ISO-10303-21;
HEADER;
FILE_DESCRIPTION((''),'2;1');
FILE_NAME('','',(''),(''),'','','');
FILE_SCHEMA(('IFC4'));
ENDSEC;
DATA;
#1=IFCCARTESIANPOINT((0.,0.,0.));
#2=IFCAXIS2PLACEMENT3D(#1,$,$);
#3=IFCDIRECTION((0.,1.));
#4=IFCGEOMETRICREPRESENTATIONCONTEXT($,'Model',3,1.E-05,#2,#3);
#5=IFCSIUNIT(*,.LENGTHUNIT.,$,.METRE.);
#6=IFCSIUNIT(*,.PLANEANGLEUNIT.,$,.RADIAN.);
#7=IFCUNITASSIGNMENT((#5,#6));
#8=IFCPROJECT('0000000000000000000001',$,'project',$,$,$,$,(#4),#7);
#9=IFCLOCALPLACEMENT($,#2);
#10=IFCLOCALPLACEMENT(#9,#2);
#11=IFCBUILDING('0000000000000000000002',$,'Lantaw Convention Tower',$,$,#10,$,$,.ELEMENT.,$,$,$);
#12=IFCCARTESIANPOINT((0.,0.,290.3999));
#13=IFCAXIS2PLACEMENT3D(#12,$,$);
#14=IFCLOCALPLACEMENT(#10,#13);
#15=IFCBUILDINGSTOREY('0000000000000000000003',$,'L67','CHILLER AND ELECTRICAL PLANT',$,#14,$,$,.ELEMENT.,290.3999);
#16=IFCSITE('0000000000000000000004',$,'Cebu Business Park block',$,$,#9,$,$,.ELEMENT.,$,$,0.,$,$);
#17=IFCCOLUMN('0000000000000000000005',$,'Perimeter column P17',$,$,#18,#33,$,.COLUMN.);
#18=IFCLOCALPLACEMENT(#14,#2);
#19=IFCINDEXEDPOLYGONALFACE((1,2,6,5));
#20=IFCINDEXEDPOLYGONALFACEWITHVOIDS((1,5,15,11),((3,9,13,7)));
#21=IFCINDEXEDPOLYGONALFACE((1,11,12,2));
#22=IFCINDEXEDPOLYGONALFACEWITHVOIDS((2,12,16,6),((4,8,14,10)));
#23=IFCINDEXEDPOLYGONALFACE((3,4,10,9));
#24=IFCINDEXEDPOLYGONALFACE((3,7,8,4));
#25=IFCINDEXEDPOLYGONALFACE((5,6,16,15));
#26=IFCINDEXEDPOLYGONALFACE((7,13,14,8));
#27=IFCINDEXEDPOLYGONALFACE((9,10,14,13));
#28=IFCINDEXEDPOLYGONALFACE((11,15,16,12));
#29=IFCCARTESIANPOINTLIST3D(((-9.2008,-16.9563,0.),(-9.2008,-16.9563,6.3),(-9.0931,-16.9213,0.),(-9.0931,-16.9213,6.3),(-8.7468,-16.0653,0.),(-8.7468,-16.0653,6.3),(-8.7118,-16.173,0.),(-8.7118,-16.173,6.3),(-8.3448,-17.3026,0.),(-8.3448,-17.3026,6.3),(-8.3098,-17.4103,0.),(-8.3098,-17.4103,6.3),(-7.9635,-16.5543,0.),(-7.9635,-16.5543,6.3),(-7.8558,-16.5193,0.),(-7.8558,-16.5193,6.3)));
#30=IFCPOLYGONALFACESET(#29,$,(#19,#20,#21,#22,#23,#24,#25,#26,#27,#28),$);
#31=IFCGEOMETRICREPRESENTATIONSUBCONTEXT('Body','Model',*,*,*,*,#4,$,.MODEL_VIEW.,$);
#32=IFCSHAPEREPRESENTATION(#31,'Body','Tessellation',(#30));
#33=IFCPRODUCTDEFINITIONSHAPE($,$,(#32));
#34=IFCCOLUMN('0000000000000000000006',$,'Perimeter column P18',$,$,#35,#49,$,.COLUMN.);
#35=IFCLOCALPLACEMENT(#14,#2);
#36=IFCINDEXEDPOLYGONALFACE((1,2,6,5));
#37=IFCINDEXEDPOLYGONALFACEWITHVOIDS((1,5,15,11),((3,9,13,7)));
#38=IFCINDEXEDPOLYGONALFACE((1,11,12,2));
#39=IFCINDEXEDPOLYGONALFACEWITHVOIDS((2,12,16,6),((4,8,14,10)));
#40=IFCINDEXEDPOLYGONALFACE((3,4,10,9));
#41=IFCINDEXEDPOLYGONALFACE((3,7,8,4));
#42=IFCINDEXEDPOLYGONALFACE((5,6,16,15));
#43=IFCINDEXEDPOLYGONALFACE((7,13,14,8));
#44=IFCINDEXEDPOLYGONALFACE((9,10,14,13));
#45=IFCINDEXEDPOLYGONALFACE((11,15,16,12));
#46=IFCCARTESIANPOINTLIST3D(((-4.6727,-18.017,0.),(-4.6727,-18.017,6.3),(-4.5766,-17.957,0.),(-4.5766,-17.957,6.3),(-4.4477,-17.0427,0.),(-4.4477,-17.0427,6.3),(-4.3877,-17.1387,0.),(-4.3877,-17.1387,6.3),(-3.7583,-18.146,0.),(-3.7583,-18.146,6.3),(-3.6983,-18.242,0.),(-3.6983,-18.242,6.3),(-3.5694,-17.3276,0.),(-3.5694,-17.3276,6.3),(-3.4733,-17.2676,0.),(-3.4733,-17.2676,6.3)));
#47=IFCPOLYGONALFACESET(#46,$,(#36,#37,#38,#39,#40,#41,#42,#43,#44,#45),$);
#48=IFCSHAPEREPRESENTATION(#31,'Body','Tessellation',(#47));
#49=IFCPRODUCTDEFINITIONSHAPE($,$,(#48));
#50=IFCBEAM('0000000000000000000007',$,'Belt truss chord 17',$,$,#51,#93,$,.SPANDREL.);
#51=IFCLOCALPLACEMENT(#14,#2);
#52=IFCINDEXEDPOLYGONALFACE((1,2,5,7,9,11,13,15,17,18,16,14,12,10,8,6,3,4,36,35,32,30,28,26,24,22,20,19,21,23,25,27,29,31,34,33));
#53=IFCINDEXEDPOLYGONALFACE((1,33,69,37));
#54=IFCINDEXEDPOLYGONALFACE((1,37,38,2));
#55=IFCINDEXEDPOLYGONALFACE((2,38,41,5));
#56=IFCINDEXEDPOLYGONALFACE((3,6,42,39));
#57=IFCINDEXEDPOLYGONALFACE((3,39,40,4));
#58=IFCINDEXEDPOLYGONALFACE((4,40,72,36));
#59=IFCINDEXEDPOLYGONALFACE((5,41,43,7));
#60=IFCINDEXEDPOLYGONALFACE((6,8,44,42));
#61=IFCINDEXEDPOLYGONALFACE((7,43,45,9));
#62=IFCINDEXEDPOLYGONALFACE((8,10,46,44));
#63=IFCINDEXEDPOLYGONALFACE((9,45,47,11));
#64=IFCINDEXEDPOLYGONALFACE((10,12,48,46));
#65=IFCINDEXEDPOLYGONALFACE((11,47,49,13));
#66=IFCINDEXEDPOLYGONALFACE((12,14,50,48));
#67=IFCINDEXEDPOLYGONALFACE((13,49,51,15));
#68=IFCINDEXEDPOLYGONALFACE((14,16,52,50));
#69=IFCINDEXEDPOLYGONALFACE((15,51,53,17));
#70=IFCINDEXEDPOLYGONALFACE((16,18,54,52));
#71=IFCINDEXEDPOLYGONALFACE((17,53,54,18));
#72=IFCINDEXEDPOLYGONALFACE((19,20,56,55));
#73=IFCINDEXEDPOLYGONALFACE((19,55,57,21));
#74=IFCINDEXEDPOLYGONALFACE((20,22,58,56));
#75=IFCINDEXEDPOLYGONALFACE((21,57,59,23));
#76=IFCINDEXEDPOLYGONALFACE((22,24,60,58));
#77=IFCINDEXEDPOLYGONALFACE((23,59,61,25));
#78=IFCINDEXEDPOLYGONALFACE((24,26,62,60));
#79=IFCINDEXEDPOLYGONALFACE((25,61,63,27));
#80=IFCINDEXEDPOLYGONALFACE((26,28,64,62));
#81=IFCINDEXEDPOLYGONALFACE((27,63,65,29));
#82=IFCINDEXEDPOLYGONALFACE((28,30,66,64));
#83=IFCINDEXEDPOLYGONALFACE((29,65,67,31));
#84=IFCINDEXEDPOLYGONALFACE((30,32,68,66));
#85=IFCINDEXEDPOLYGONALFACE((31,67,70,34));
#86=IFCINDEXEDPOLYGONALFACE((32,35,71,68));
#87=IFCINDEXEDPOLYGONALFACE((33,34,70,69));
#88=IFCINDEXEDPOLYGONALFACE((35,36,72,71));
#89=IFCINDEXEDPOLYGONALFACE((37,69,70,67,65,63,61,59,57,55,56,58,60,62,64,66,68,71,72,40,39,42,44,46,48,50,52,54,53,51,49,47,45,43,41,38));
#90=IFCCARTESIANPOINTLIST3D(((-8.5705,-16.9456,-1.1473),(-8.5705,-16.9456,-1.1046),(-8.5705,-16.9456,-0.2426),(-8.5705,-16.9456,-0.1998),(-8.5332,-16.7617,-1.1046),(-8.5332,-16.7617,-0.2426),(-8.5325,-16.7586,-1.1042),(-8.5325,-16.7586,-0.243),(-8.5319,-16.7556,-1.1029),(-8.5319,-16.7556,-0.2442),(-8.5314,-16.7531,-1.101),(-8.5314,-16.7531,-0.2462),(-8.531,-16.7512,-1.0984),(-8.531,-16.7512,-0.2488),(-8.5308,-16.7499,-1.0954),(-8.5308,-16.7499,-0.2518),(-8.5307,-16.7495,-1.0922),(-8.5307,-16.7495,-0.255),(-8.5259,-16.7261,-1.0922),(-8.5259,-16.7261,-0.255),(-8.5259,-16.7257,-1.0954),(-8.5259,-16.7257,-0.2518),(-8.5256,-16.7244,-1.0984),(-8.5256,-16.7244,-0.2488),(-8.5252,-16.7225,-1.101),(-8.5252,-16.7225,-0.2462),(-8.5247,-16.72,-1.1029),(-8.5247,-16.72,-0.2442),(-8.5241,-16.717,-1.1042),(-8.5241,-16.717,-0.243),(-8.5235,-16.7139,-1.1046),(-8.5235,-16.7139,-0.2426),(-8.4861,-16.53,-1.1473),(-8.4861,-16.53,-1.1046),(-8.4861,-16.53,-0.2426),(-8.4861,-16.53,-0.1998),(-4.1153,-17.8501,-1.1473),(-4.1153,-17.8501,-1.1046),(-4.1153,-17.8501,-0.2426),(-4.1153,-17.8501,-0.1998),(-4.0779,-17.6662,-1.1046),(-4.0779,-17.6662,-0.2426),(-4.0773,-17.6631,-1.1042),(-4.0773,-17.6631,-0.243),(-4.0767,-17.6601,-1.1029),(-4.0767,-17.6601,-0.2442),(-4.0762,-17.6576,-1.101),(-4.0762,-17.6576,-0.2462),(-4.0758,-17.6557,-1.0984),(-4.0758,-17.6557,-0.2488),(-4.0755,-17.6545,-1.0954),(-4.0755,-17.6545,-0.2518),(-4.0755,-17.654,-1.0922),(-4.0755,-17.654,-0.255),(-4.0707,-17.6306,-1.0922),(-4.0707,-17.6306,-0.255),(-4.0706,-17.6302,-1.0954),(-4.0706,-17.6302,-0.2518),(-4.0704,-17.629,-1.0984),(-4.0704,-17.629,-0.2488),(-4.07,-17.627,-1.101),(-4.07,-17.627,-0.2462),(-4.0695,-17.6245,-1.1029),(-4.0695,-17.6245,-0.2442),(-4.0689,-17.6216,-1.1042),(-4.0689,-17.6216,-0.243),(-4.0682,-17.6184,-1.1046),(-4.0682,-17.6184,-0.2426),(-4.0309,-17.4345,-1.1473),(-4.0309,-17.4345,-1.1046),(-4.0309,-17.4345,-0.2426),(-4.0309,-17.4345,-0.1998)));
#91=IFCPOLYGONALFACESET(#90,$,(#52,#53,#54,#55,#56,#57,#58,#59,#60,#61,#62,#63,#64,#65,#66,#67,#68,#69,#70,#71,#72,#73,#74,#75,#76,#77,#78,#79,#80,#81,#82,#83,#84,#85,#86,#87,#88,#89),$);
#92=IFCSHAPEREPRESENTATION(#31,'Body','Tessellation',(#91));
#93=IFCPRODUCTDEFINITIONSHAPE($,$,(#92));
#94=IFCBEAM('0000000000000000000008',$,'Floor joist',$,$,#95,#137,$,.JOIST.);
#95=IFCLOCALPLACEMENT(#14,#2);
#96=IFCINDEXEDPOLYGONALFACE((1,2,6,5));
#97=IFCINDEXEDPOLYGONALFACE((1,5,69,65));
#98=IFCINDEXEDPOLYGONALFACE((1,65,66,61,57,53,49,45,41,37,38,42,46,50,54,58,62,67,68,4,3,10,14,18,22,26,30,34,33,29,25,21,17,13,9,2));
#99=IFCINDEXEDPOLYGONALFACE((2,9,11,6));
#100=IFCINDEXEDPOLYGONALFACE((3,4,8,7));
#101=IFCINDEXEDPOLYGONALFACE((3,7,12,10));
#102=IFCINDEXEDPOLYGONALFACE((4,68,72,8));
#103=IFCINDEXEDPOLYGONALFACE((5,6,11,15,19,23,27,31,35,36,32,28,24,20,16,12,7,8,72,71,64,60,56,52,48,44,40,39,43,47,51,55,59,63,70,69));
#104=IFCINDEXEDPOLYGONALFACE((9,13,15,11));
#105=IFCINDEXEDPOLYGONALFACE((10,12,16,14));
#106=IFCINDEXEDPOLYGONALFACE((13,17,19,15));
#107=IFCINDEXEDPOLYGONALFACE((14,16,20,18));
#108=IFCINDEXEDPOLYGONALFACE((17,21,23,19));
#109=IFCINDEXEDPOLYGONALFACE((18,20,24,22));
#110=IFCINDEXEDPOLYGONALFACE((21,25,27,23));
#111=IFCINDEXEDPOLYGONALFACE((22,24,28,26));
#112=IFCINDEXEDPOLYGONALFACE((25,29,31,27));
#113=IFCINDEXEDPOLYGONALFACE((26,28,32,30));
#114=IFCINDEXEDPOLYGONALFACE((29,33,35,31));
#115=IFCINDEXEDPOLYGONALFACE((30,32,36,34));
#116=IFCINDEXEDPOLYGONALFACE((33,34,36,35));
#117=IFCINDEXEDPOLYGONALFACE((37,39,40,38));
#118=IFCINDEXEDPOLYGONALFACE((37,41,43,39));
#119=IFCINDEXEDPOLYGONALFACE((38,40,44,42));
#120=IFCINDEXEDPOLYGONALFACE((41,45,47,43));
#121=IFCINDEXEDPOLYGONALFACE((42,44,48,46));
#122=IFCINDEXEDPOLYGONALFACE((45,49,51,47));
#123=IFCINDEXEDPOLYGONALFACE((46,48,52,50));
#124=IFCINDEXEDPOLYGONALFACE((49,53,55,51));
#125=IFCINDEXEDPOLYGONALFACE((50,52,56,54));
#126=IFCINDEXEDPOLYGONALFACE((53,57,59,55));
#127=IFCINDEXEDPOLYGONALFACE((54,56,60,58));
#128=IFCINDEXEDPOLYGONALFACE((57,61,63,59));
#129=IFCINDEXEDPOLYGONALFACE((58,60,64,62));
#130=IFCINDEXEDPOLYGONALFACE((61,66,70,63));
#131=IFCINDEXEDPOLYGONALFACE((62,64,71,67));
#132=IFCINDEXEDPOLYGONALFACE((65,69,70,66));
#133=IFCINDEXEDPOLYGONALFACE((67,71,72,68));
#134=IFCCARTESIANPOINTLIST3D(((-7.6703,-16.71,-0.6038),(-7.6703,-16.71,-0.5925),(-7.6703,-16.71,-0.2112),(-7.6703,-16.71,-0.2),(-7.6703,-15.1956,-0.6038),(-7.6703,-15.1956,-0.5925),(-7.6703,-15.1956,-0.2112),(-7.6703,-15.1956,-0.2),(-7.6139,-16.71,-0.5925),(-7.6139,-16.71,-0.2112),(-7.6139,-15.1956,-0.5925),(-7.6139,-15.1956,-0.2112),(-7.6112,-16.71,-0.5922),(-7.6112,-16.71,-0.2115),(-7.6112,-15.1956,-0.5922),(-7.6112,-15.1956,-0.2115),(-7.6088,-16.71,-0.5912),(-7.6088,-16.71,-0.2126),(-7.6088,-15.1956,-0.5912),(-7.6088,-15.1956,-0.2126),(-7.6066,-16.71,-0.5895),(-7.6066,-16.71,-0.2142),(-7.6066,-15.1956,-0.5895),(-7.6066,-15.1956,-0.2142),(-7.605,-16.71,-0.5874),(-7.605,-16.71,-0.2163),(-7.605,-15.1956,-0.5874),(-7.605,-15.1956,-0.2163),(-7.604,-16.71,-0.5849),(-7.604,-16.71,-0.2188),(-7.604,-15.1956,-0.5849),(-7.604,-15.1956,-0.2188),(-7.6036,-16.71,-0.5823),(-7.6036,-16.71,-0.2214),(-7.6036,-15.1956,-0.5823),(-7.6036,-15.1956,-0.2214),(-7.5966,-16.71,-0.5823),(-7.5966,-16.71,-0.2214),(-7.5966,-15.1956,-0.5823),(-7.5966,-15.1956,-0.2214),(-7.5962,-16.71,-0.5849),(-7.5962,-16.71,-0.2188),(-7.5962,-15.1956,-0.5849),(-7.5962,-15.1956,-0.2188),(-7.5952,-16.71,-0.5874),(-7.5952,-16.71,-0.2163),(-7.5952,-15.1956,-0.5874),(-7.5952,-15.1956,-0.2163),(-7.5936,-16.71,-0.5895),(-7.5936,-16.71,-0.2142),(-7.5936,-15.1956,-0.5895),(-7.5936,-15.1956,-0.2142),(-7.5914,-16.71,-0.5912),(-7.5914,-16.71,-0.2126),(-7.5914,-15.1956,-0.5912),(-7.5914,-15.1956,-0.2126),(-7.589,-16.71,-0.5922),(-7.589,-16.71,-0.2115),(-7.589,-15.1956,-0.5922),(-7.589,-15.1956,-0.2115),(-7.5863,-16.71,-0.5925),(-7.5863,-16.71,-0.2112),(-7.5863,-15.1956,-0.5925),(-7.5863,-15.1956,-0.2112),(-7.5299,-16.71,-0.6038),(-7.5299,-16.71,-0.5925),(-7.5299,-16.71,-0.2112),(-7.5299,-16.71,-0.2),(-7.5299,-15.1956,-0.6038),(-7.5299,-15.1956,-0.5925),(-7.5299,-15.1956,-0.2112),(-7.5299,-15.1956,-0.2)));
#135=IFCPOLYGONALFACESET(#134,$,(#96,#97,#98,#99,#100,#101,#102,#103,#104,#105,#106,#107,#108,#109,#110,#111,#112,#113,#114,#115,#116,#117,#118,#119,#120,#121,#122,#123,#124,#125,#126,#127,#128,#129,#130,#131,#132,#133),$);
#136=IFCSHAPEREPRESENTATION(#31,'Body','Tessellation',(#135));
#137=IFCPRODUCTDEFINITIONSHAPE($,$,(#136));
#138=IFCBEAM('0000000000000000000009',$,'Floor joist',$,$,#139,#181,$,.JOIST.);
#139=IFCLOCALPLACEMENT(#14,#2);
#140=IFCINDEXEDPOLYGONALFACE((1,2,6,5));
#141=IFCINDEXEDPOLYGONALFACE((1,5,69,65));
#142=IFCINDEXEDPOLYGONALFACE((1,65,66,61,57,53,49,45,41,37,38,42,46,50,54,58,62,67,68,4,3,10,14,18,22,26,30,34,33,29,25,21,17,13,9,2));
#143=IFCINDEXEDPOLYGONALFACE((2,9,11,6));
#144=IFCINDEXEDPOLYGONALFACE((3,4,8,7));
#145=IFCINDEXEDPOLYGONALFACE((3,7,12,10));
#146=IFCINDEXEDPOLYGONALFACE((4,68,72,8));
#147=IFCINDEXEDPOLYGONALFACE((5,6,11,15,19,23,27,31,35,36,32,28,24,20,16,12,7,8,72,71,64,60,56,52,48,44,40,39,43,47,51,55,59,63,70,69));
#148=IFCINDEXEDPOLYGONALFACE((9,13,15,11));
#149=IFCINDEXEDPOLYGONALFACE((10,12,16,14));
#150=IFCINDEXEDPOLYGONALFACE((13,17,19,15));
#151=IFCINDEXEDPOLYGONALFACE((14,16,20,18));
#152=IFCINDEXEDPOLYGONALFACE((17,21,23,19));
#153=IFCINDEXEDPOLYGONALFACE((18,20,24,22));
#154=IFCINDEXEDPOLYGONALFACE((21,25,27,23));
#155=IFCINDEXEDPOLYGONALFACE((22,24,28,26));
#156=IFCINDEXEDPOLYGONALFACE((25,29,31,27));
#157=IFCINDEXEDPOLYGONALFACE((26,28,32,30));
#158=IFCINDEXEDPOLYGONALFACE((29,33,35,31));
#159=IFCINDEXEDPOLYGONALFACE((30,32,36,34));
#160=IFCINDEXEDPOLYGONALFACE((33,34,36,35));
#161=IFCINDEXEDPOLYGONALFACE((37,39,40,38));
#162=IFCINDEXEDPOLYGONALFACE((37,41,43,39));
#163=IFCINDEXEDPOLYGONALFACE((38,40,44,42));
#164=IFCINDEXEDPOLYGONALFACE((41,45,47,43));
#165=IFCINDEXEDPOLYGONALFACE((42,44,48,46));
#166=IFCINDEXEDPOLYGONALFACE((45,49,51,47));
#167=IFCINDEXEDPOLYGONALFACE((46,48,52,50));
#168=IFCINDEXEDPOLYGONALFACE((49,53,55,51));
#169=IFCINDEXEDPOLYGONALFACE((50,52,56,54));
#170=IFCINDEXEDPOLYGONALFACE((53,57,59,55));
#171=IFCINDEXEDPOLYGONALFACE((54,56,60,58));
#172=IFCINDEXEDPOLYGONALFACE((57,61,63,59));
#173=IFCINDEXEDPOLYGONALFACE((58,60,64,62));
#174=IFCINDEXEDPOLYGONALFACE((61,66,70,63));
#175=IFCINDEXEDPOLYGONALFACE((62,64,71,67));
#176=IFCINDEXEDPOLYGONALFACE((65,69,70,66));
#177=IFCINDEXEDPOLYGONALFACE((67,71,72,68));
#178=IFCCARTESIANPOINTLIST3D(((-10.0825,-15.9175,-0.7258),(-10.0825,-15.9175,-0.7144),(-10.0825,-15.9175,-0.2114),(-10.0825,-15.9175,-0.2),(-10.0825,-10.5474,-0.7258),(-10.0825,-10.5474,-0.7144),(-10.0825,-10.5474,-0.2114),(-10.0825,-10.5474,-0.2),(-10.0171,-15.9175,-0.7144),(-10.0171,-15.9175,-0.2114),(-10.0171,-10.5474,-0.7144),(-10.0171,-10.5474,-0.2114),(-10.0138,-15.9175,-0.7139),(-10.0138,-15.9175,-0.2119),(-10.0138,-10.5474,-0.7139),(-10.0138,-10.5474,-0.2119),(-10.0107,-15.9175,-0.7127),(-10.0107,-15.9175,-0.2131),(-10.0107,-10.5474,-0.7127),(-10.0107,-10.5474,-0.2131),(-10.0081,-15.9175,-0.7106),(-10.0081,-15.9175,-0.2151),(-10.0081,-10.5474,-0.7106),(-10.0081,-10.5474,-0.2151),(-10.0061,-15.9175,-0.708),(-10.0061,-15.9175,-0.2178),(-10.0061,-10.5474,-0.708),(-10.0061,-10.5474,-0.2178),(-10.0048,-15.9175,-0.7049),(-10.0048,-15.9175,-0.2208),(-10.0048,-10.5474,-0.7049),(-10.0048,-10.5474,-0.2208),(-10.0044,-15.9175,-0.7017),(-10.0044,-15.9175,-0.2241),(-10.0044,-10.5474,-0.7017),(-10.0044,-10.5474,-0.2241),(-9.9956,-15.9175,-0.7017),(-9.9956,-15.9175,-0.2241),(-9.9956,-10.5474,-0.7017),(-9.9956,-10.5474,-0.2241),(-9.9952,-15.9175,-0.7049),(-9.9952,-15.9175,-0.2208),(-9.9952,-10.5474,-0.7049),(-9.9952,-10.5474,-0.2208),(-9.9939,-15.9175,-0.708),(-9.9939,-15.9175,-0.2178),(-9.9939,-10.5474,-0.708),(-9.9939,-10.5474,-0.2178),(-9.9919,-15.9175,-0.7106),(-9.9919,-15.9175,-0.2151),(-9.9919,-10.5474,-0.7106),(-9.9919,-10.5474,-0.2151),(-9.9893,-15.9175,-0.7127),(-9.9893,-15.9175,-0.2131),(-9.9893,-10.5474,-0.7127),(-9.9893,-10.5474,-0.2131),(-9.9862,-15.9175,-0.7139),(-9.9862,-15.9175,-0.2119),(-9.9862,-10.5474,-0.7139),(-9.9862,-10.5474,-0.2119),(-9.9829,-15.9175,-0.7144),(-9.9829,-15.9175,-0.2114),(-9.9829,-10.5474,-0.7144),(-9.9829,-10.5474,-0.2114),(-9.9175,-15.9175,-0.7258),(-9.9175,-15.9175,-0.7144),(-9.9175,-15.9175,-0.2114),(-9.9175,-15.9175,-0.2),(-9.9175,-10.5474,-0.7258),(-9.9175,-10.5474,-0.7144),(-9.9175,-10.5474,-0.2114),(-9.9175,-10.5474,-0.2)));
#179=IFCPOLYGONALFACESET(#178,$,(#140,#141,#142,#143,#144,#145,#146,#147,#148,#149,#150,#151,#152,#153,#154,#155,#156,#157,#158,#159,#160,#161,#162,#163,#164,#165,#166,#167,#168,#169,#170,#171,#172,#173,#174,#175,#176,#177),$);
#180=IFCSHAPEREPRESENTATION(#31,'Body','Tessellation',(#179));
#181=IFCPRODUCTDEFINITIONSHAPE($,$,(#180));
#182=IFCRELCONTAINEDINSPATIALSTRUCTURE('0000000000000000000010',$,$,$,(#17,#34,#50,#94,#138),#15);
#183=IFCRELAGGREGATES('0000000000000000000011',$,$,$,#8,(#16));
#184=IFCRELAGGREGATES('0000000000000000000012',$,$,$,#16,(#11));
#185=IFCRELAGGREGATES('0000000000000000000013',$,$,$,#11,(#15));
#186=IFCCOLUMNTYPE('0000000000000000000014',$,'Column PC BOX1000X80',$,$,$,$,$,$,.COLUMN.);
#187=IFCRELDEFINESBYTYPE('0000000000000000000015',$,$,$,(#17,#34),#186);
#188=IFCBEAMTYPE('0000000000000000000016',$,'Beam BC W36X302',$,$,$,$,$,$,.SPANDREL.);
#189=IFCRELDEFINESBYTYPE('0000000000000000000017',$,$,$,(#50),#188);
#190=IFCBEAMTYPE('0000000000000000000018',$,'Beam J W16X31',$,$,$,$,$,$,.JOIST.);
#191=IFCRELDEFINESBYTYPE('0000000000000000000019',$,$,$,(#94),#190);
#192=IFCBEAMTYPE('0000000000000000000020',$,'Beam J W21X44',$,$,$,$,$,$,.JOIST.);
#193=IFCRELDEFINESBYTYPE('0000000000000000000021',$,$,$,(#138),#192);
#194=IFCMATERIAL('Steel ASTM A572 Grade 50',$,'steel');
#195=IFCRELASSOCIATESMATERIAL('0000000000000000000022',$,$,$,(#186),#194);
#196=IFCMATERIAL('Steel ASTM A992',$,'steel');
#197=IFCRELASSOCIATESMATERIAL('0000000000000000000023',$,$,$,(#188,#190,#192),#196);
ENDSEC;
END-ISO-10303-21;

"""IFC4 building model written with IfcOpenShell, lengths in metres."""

from ifc_helpers import new_model, si_unit, direction, frame, origin, origin_2d, place, context, subcontext, project, spatial, rectangle, hollow_rectangle, i_section, extrude, material, material_profile, profile_set, type_object, element, save


model = new_model("IFC4")

# Units and contexts
model_context = context("Model", 3, precision=1e-05, world=origin(), true_north=direction((0.0, 1.0)))
body_context = subcontext(model_context, "Body", "Model", "MODEL_VIEW")
ifc_project = project(units=[si_unit("LENGTHUNIT", "METRE"), si_unit("PLANEANGLEUNIT", "RADIAN")], contexts=[model_context])

# Site, building, storey
site_placement = place(None, origin())
site = spatial("IfcSite", under=ifc_project, at=site_placement, Name="Cebu Business Park block", CompositionType="ELEMENT", RefElevation=0.0)
building_placement = place(site_placement, origin())
building = spatial("IfcBuilding", under=site, at=building_placement, Name="Lantaw Convention Tower", CompositionType="ELEMENT")
storey_placement = place(building_placement, frame((0.0, 0.0, 290.3999)))
storey = spatial("IfcBuildingStorey", under=building, at=storey_placement, Name="L67", Description="CHILLER AND ELECTRICAL PLANT", CompositionType="ELEMENT", Elevation=290.3999)

# Columns
ifc_material_1 = material(Name="Steel ASTM A572 Grade 50", Category="steel")
ifc_material_profile_1 = material_profile(ifc_material_1, hollow_rectangle(XDim=1.0, YDim=1.0, WallThickness=0.0801, at=origin_2d()), Name="BOX1000X80")
ifc_material_2 = material(Name="Concrete C60/75", Category="concrete")
ifc_material_profile_2 = material_profile(ifc_material_2, rectangle(XDim=0.8401, YDim=0.8401, at=origin_2d()), Name="Concrete fill of BOX1000X80")
ifc_profile_set_1 = profile_set([ifc_material_profile_1, ifc_material_profile_2], Name="Steel ASTM A572 Grade 50")
column_type = type_object("IfcColumnType", Name="Column PC BOX1000X80", PredefinedType="COLUMN", material=ifc_profile_set_1)
for number, where, z_axis, x_axis, name in (
    (1, (-8.5283, -16.7378, 0.0), (0.0, 0.0, 1.0), (0.45399, 0.891007, 0.0), "Perimeter column P17"),
    (2, (-4.073, -17.6423, 0.0), (0.0, 0.0, 1.0), (0.224951, 0.97437, 0.0), "Perimeter column P18"),
):
    element("IfcColumn", number, at=place(storey_placement, frame(where, z_axis=z_axis, x_axis=x_axis)), inside=storey, type_object=column_type, Name=name, PredefinedType="COLUMN", context=body_context, shape_type="SweptSolid", body=[
        extrude(hollow_rectangle(XDim=1.0, YDim=1.0, WallThickness=0.0801, at=origin_2d()), origin(), (0.0, 0.0, 1.0), 6.3),
    ])

# Beams
ifc_material_3 = material(Name="Steel ASTM A992", Category="steel")
ifc_material_profile_3 = material_profile(ifc_material_3, i_section(OverallWidth=0.4241, OverallDepth=0.9475, WebThickness=0.0239, FlangeThickness=0.0427, FilletRadius=0.0125, at=origin_2d()), Name="W36X302")
ifc_profile_set_2 = profile_set([ifc_material_profile_3], Name="Steel ASTM A992")
beam_type_1 = type_object("IfcBeamType", Name="Beam BC W36X302", PredefinedType="SPANDREL", material=ifc_profile_set_2)
beam_1_placement = place(storey_placement, frame((-8.5283, -16.7378, -0.6736), z_axis=(0.980006, -0.198966, 0.0), x_axis=(0.198966, 0.980006, 0.0)))
element("IfcBeam", 3, at=beam_1_placement, inside=storey, type_object=beam_type_1, Name="Belt truss chord 17", PredefinedType="SPANDREL", context=body_context, shape_type="SweptSolid", body=[
    extrude(i_section(OverallWidth=0.4241, OverallDepth=0.9475, WebThickness=0.0239, FlangeThickness=0.0427, FilletRadius=0.0125, at=origin_2d()), origin(), (0.0, 0.0, 1.0), 4.5461),
])
ifc_material_profile_4 = material_profile(ifc_material_3, i_section(OverallWidth=0.1404, OverallDepth=0.4038, WebThickness=0.0071, FlangeThickness=0.0112, FilletRadius=0.0103, at=origin_2d()), Name="W16X31")
ifc_profile_set_3 = profile_set([ifc_material_profile_4], Name="Steel ASTM A992")
beam_type_2 = type_object("IfcBeamType", Name="Beam J W16X31", PredefinedType="JOIST", material=ifc_profile_set_3)
beam_2_placement = place(storey_placement, frame((-7.6001, -16.71, -0.4019), z_axis=(0.0, 1.0, 0.0), x_axis=(-1.0, 0.0, 0.0)))
element("IfcBeam", 4, at=beam_2_placement, inside=storey, type_object=beam_type_2, Name="Floor joist", PredefinedType="JOIST", context=body_context, shape_type="SweptSolid", body=[
    extrude(i_section(OverallWidth=0.1404, OverallDepth=0.4038, WebThickness=0.0071, FlangeThickness=0.0112, FilletRadius=0.0103, at=origin_2d()), origin(), (0.0, 0.0, 1.0), 1.5144),
])
ifc_material_profile_5 = material_profile(ifc_material_3, i_section(OverallWidth=0.165, OverallDepth=0.5259, WebThickness=0.0088, FlangeThickness=0.0115, FilletRadius=0.0127, at=origin_2d()), Name="W21X44")
ifc_profile_set_4 = profile_set([ifc_material_profile_5], Name="Steel ASTM A992")
beam_type_3 = type_object("IfcBeamType", Name="Beam J W21X44", PredefinedType="JOIST", material=ifc_profile_set_4)
beam_3_placement = place(storey_placement, frame((-10.0, -15.9175, -0.4629), z_axis=(0.0, 1.0, 0.0), x_axis=(-1.0, 0.0, 0.0)))
element("IfcBeam", 5, at=beam_3_placement, inside=storey, type_object=beam_type_3, Name="Floor joist", PredefinedType="JOIST", context=body_context, shape_type="SweptSolid", body=[
    extrude(i_section(OverallWidth=0.165, OverallDepth=0.5259, WebThickness=0.0088, FlangeThickness=0.0115, FilletRadius=0.0127, at=origin_2d()), origin(), (0.0, 0.0, 1.0), 5.3701),
])

save(model, "model.ifc")
